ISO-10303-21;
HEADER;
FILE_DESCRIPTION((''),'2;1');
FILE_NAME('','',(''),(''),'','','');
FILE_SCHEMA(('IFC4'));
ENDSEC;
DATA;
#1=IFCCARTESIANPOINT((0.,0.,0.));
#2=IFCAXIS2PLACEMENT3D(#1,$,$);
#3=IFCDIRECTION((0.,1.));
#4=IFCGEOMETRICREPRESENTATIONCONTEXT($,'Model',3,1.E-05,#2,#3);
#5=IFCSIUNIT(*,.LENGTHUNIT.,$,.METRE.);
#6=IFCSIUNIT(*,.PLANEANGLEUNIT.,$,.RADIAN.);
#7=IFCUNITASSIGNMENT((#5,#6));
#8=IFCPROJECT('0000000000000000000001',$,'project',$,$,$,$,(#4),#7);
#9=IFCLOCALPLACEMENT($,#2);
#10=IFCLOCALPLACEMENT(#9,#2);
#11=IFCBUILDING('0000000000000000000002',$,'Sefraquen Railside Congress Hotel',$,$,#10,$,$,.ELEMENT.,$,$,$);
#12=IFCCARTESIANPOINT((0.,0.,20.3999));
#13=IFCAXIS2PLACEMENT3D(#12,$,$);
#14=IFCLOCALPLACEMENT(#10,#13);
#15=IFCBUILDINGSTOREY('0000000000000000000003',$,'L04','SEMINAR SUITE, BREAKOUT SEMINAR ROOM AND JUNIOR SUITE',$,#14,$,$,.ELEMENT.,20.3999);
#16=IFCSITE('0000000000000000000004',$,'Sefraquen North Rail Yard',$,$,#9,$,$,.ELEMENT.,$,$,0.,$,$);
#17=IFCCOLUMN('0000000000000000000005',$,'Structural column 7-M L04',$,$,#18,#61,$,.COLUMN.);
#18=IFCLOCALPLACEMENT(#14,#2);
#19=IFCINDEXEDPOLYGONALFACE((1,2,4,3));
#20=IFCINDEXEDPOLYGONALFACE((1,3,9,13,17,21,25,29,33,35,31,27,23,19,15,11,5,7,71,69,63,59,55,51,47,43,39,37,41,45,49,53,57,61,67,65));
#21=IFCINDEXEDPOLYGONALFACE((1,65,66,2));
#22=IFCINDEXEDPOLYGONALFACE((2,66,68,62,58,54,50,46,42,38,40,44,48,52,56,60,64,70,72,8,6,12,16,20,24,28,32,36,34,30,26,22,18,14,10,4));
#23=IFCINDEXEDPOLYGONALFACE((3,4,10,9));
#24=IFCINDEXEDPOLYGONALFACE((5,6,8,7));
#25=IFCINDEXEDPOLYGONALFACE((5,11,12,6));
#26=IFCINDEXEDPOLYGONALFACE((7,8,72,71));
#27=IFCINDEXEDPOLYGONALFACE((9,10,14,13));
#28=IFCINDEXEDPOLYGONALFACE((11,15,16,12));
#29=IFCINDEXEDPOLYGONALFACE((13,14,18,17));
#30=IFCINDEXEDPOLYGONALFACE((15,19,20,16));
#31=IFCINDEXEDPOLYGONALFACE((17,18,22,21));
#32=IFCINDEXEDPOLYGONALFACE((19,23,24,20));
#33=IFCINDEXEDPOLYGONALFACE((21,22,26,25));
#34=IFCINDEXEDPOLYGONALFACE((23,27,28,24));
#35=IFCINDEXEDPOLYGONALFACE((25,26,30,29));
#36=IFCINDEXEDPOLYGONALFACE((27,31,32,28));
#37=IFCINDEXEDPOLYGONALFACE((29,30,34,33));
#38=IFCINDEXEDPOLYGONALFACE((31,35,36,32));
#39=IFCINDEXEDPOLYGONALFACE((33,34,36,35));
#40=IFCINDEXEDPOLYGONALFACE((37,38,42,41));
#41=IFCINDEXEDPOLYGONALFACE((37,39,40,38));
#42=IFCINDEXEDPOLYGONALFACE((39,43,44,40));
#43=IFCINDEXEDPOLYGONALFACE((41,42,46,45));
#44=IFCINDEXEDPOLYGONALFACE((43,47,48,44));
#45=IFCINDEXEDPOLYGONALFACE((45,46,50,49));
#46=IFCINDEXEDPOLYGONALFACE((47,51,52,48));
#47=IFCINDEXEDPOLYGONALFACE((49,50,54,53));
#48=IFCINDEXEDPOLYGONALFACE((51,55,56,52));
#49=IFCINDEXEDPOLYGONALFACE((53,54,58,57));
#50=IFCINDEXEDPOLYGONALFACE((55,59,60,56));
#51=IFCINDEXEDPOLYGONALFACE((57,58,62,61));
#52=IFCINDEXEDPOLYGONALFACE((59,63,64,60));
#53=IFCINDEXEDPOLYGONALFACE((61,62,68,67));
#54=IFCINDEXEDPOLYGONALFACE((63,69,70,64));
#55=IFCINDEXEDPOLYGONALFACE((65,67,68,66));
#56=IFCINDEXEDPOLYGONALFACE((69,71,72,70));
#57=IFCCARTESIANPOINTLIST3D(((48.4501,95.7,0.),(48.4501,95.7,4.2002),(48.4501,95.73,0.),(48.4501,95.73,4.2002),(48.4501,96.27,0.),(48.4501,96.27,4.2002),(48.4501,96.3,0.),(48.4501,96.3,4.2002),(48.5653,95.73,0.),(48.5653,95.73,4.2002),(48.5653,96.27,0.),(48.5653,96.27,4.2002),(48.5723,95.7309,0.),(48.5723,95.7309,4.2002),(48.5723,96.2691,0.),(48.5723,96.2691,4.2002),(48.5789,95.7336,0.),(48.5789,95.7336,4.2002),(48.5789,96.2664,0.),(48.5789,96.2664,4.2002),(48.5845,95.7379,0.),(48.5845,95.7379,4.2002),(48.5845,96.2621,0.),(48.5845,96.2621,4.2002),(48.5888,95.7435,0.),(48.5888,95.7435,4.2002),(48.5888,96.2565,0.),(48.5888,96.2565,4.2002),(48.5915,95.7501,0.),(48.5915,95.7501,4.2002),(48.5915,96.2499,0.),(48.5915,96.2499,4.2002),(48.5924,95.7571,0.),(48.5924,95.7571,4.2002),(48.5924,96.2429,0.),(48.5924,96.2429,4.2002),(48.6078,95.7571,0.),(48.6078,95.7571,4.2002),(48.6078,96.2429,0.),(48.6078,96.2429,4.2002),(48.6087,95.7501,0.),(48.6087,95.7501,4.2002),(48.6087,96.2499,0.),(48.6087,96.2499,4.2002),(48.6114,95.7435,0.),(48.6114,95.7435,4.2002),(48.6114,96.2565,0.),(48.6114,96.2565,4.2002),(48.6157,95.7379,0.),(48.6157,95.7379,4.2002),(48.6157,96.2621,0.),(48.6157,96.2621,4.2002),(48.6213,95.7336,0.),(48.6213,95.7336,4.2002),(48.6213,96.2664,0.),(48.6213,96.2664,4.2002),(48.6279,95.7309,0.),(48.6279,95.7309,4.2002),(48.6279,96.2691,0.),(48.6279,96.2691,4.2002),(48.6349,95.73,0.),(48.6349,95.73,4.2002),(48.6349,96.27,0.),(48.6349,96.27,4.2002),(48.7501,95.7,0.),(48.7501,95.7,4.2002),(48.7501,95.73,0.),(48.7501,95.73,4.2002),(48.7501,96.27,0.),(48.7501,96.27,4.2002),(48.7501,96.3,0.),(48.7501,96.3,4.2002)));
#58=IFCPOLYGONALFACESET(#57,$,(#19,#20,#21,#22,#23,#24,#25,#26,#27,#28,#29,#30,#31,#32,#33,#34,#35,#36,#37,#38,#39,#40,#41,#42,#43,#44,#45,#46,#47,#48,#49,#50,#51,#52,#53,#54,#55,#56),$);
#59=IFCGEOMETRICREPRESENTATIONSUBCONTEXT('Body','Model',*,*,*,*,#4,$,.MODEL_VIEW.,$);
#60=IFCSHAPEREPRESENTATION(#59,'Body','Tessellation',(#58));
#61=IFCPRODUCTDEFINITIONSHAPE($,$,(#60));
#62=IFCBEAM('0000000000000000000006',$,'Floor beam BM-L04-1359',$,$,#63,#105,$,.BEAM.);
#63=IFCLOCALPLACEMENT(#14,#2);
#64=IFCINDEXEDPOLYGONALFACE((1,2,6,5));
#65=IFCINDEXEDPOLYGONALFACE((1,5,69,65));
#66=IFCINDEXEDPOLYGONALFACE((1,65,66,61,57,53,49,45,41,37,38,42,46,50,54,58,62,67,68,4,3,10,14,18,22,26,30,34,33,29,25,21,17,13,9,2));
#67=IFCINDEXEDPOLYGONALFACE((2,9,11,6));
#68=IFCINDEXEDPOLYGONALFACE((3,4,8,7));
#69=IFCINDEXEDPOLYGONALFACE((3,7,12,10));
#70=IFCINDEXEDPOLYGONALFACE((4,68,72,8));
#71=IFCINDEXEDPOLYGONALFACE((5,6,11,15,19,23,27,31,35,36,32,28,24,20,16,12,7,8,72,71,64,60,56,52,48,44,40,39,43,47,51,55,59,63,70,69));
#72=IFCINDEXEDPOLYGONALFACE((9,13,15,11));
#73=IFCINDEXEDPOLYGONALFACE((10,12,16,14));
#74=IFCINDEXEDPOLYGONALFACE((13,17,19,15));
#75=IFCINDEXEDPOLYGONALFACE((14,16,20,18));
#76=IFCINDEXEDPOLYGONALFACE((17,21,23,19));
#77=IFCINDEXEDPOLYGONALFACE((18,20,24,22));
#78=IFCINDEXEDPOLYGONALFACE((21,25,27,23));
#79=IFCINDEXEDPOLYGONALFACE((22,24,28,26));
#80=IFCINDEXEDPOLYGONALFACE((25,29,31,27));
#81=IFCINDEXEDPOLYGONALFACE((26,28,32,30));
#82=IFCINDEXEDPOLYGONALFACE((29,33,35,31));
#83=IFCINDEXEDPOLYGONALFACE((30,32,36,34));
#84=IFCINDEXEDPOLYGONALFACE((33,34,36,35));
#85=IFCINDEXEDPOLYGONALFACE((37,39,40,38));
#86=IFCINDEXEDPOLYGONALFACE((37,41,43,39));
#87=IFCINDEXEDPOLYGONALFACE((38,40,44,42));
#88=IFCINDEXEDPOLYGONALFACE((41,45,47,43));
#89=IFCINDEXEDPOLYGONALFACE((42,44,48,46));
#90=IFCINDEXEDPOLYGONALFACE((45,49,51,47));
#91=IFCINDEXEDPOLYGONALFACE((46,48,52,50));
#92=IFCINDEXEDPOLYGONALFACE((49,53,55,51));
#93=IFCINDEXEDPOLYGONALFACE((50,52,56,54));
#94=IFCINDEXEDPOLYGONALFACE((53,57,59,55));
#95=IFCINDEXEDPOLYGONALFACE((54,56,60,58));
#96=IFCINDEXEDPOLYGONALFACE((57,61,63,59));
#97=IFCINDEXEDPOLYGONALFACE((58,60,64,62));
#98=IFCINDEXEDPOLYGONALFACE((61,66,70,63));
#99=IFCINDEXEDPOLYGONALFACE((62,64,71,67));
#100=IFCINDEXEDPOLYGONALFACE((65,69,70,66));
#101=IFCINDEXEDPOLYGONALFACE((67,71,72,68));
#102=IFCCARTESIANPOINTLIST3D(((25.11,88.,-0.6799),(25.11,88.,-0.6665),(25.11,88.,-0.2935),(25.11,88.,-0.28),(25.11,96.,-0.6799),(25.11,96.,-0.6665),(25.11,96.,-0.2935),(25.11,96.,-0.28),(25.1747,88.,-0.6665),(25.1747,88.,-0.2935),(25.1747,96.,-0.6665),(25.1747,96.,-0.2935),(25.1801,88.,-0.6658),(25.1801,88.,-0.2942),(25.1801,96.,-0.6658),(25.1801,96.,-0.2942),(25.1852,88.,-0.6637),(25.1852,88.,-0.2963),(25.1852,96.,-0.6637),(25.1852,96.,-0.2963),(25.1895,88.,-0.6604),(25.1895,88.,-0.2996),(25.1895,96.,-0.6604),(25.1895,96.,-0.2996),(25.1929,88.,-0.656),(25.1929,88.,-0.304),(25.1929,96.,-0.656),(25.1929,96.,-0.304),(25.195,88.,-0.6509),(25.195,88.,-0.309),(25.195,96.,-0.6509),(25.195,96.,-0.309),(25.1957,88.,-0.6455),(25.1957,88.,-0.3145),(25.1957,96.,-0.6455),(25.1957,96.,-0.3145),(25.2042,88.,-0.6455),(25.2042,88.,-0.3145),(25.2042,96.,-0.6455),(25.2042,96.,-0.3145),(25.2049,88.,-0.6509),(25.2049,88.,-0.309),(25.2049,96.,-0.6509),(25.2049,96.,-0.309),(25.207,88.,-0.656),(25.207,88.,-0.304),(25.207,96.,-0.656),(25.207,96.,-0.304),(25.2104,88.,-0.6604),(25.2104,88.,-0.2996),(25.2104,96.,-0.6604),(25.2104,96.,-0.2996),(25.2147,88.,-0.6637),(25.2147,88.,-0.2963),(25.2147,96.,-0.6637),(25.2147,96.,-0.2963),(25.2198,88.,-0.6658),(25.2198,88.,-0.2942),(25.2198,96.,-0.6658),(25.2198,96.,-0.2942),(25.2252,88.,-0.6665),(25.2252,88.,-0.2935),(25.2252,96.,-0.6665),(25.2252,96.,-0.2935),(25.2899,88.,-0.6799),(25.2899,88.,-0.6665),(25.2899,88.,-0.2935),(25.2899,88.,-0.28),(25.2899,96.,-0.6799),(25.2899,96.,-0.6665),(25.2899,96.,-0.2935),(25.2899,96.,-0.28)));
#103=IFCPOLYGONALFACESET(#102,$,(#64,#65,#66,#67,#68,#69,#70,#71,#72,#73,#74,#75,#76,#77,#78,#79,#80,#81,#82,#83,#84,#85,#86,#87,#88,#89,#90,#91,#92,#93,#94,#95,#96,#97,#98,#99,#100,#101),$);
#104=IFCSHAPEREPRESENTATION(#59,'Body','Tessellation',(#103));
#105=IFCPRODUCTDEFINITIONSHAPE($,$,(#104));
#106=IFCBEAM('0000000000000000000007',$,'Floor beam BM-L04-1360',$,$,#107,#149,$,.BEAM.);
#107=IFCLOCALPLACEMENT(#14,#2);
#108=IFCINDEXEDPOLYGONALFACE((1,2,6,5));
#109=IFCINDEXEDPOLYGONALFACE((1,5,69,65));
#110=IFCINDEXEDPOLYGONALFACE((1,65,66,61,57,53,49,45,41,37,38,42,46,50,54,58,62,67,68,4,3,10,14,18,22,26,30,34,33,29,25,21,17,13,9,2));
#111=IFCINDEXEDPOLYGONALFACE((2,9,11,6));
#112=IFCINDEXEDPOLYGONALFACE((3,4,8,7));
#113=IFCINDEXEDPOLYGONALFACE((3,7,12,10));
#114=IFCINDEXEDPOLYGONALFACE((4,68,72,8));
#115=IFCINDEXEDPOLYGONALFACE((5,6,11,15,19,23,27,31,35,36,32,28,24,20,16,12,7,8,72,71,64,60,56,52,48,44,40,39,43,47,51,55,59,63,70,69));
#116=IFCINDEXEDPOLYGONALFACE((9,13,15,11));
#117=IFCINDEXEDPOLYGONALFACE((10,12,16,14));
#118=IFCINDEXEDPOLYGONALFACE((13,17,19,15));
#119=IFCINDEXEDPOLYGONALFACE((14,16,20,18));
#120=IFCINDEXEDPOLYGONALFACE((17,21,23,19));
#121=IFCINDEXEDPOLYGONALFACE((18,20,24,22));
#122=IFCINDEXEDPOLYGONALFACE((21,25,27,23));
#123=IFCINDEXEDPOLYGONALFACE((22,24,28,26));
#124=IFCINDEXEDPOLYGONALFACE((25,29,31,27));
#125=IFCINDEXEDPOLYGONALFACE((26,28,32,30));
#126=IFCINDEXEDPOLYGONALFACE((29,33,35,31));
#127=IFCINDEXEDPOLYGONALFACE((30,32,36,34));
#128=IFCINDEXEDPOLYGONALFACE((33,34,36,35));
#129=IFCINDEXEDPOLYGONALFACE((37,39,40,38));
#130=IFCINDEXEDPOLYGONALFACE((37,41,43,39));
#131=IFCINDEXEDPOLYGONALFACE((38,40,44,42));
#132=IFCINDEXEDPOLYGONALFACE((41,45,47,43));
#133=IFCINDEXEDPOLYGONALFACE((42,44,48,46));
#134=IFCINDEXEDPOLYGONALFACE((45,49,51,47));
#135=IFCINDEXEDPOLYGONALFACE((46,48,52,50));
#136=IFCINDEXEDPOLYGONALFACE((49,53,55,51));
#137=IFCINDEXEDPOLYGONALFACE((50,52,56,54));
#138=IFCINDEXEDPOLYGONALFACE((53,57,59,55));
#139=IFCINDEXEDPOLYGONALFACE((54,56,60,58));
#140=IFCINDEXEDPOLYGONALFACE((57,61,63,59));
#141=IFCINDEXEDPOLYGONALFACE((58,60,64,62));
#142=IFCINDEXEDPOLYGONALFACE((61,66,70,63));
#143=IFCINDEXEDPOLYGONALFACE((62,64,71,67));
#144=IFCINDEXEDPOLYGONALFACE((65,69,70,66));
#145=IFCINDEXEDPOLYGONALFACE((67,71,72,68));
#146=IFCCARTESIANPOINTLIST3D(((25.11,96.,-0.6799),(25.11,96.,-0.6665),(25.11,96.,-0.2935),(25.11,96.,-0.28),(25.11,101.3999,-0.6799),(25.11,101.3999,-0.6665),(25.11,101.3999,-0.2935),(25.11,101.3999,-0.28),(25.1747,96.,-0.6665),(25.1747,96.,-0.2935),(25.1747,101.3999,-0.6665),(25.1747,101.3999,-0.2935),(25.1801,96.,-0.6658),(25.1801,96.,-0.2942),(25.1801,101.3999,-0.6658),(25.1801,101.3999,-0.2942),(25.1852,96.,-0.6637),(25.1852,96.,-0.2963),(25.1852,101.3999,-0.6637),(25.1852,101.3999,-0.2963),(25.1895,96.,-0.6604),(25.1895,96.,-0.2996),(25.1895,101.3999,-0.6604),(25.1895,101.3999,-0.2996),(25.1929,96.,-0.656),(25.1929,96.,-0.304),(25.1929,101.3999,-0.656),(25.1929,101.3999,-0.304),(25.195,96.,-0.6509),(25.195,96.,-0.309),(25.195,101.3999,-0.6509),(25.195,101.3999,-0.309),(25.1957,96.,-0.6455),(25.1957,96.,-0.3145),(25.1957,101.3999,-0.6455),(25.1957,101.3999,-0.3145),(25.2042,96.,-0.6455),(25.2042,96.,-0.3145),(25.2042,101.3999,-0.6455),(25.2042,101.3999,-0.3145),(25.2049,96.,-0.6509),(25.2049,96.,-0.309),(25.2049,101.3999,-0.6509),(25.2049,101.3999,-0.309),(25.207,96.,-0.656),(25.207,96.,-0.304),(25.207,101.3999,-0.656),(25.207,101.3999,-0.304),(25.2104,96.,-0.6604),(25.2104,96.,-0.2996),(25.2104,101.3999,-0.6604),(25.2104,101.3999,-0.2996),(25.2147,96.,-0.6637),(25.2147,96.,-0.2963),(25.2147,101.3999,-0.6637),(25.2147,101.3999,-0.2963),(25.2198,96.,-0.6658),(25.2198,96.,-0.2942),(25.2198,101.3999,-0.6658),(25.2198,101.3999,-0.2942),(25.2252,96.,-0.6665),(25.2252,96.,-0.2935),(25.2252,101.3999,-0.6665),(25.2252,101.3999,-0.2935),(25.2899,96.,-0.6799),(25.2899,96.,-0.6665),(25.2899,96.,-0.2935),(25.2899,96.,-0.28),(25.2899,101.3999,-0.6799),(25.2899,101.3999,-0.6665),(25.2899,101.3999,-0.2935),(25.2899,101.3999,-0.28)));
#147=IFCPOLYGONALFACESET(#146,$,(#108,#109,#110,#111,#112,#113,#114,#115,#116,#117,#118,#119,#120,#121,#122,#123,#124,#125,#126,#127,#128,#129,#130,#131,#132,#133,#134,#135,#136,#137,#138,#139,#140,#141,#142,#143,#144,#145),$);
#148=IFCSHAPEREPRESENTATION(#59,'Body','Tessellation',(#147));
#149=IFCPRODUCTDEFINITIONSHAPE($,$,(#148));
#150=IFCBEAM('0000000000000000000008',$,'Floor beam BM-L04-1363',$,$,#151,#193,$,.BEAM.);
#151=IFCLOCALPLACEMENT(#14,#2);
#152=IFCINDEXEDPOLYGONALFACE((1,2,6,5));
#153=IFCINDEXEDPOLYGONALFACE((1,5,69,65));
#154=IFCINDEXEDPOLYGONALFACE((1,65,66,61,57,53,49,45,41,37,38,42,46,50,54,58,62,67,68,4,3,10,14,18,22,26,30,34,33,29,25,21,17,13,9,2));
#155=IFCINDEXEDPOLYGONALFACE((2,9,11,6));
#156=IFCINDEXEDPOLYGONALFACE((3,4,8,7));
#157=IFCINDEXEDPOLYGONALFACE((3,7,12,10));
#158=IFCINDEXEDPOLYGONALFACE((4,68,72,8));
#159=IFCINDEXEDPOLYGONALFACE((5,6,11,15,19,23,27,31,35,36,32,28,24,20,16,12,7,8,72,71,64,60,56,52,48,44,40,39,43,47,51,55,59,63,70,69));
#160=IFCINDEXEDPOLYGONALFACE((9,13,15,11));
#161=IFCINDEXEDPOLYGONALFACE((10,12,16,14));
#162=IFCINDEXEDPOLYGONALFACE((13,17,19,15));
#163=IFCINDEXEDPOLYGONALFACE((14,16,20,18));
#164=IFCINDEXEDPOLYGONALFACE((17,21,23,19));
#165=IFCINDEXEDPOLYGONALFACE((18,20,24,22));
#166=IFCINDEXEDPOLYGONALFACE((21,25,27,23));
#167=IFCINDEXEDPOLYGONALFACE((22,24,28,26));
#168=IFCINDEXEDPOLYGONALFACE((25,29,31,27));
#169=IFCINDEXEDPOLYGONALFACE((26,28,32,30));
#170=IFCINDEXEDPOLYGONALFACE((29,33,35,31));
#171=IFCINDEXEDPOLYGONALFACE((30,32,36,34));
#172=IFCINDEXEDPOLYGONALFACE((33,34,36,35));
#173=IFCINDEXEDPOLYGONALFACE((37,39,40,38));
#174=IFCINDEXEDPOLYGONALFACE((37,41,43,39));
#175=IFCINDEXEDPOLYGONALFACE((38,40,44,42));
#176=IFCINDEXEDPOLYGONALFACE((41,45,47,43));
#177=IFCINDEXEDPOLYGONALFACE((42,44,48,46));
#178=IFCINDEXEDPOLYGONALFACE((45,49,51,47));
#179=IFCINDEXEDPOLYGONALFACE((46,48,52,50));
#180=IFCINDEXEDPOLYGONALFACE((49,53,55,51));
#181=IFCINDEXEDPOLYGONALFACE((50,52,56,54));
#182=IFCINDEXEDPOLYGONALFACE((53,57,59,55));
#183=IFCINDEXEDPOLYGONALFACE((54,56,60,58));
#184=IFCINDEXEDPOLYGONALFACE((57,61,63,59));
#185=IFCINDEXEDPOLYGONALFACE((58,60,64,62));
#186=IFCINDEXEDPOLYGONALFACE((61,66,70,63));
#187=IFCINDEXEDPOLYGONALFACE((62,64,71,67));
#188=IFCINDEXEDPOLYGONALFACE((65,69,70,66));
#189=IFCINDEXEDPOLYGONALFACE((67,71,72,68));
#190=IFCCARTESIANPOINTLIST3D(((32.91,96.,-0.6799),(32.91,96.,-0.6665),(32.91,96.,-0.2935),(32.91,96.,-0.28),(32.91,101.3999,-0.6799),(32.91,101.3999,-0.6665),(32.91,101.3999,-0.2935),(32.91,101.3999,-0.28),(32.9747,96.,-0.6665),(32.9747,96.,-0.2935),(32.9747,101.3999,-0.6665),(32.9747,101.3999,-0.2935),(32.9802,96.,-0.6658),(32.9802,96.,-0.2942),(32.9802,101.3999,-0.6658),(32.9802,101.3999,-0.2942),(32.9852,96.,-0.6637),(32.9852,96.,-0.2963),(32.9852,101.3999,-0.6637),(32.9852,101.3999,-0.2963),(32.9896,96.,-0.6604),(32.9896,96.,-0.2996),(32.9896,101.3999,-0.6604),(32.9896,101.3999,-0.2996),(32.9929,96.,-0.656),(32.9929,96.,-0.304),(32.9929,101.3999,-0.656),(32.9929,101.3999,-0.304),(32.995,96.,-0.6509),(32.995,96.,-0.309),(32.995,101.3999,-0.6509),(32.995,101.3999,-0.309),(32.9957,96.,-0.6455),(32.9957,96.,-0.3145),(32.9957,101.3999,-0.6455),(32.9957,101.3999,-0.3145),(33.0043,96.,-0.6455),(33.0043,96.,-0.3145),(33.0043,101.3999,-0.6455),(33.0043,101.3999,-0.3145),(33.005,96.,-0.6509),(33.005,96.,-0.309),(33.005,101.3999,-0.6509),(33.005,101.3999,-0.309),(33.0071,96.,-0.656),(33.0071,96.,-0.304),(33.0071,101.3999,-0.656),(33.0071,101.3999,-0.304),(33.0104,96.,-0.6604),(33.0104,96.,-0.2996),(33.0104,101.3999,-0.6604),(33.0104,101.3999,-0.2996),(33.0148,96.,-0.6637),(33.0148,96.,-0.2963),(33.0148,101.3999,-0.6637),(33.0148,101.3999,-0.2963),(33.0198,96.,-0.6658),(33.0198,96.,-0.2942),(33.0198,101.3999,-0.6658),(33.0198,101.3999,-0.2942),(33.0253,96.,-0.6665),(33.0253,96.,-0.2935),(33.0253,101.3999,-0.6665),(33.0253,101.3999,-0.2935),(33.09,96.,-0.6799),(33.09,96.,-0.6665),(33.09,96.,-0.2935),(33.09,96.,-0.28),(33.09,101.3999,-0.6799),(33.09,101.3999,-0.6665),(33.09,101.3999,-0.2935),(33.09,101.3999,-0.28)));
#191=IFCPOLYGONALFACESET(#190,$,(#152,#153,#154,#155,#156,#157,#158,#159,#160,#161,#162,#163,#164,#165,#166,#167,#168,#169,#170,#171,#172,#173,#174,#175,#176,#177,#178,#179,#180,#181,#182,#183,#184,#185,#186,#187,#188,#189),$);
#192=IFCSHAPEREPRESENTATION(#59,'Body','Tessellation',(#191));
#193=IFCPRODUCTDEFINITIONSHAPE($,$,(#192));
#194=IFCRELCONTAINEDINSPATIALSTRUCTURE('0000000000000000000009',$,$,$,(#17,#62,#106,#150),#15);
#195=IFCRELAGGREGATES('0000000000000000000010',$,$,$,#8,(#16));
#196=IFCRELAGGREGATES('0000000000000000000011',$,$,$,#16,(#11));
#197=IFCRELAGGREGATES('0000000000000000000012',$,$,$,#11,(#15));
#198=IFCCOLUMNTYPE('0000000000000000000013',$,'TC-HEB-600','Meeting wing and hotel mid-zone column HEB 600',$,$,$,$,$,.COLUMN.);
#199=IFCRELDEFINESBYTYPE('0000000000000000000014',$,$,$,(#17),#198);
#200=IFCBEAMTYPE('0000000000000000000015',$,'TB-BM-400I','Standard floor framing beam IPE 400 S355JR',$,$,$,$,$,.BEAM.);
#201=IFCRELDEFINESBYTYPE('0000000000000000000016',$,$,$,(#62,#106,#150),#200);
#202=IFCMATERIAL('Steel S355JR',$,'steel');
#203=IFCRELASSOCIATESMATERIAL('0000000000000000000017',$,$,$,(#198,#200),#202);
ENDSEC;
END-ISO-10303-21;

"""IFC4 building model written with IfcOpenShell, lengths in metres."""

from ifc_helpers import new_model, si_unit, direction, frame, origin, origin_2d, place, context, subcontext, project, spatial, i_section, extrude, material, material_profile, profile_set, type_object, element, save


model = new_model("IFC4")

# Units and contexts
model_context = context("Model", 3, precision=1e-05, world=origin(), true_north=direction((0.0, 1.0)))
body_context = subcontext(model_context, "Body", "Model", "MODEL_VIEW")
ifc_project = project(units=[si_unit("LENGTHUNIT", "METRE"), si_unit("PLANEANGLEUNIT", "RADIAN")], contexts=[model_context])

# Site, building, storey
site_placement = place(None, origin())
site = spatial("IfcSite", under=ifc_project, at=site_placement, Name="Sefraquen North Rail Yard", CompositionType="ELEMENT", RefElevation=0.0)
building_placement = place(site_placement, origin())
building = spatial("IfcBuilding", under=site, at=building_placement, Name="Sefraquen Railside Congress Hotel", CompositionType="ELEMENT")
storey_placement = place(building_placement, frame((0.0, 0.0, 20.3999)))
storey = spatial("IfcBuildingStorey", under=building, at=storey_placement, Name="L04", Description="SEMINAR SUITE, BREAKOUT SEMINAR ROOM AND JUNIOR SUITE", CompositionType="ELEMENT", Elevation=20.3999)

# Column
ifc_material_1 = material(Name="Steel S355JR", Category="steel")
ifc_material_profile_1 = material_profile(ifc_material_1, i_section(OverallWidth=0.3, OverallDepth=0.6001, WebThickness=0.0154, FlangeThickness=0.03, FilletRadius=0.0271, at=origin_2d()), Name="HEB 600")
ifc_profile_set_1 = profile_set([ifc_material_profile_1], Name="Steel S355JR")
column_type_1 = type_object("IfcColumnType", Name="TC-HEB-600", Description="Meeting wing and hotel mid-zone column HEB 600", PredefinedType="COLUMN", material=ifc_profile_set_1)
for number, where, z_axis, x_axis, name in (
    (1, (48.6001, 96.0, 0.0), (0.0, 0.0, 1.0), (1.0, 0.0, 0.0), "Structural column 7-M L04"),
):
    element("IfcColumn", number, at=place(storey_placement, frame(where, z_axis=z_axis, x_axis=x_axis)), inside=storey, type_object=column_type_1, Name=name, PredefinedType="COLUMN", context=body_context, shape_type="SweptSolid", body=[
        extrude(i_section(OverallWidth=0.3, OverallDepth=0.6001, WebThickness=0.0154, FlangeThickness=0.03, FilletRadius=0.0271, at=origin_2d()), origin(), (0.0, 0.0, 1.0), 4.2002),
    ])

# Beams
ifc_material_profile_2 = material_profile(ifc_material_1, i_section(OverallWidth=0.1799, OverallDepth=0.3999, WebThickness=0.0085, FlangeThickness=0.0134, FilletRadius=0.021, at=origin_2d()), Name="IPE 400")
ifc_profile_set_2 = profile_set([ifc_material_profile_2], Name="Steel S355JR")
beam_type_1 = type_object("IfcBeamType", Name="TB-BM-400I", Description="Standard floor framing beam IPE 400 S355JR", PredefinedType="BEAM", material=ifc_profile_set_2)
beam_1_placement = place(storey_placement, frame((25.2, 88.0, -0.48), z_axis=(0.0, 1.0, 0.0), x_axis=(-1.0, 0.0, 0.0)))
element("IfcBeam", 2, at=beam_1_placement, inside=storey, type_object=beam_type_1, Name="Floor beam BM-L04-1359", PredefinedType="BEAM", context=body_context, shape_type="SweptSolid", body=[
    extrude(i_section(OverallWidth=0.1799, OverallDepth=0.3999, WebThickness=0.0085, FlangeThickness=0.0134, FilletRadius=0.021, at=origin_2d()), origin(), (0.0, 0.0, 1.0), 8.0),
])
for number, where, z_axis, x_axis, name in (
    (3, (25.2, 96.0, -0.48), (0.0, 1.0, 0.0), (-1.0, 0.0, 0.0), "Floor beam BM-L04-1360"),
    (4, (33.0, 96.0, -0.48), (0.0, 1.0, 0.0), (-1.0, 0.0, 0.0), "Floor beam BM-L04-1363"),
):
    element("IfcBeam", number, at=place(storey_placement, frame(where, z_axis=z_axis, x_axis=x_axis)), inside=storey, type_object=beam_type_1, Name=name, PredefinedType="BEAM", context=body_context, shape_type="SweptSolid", body=[
        extrude(i_section(OverallWidth=0.1799, OverallDepth=0.3999, WebThickness=0.0085, FlangeThickness=0.0134, FilletRadius=0.021, at=origin_2d()), origin(), (0.0, 0.0, 1.0), 5.3999),
    ])

save(model, "model.ifc")
